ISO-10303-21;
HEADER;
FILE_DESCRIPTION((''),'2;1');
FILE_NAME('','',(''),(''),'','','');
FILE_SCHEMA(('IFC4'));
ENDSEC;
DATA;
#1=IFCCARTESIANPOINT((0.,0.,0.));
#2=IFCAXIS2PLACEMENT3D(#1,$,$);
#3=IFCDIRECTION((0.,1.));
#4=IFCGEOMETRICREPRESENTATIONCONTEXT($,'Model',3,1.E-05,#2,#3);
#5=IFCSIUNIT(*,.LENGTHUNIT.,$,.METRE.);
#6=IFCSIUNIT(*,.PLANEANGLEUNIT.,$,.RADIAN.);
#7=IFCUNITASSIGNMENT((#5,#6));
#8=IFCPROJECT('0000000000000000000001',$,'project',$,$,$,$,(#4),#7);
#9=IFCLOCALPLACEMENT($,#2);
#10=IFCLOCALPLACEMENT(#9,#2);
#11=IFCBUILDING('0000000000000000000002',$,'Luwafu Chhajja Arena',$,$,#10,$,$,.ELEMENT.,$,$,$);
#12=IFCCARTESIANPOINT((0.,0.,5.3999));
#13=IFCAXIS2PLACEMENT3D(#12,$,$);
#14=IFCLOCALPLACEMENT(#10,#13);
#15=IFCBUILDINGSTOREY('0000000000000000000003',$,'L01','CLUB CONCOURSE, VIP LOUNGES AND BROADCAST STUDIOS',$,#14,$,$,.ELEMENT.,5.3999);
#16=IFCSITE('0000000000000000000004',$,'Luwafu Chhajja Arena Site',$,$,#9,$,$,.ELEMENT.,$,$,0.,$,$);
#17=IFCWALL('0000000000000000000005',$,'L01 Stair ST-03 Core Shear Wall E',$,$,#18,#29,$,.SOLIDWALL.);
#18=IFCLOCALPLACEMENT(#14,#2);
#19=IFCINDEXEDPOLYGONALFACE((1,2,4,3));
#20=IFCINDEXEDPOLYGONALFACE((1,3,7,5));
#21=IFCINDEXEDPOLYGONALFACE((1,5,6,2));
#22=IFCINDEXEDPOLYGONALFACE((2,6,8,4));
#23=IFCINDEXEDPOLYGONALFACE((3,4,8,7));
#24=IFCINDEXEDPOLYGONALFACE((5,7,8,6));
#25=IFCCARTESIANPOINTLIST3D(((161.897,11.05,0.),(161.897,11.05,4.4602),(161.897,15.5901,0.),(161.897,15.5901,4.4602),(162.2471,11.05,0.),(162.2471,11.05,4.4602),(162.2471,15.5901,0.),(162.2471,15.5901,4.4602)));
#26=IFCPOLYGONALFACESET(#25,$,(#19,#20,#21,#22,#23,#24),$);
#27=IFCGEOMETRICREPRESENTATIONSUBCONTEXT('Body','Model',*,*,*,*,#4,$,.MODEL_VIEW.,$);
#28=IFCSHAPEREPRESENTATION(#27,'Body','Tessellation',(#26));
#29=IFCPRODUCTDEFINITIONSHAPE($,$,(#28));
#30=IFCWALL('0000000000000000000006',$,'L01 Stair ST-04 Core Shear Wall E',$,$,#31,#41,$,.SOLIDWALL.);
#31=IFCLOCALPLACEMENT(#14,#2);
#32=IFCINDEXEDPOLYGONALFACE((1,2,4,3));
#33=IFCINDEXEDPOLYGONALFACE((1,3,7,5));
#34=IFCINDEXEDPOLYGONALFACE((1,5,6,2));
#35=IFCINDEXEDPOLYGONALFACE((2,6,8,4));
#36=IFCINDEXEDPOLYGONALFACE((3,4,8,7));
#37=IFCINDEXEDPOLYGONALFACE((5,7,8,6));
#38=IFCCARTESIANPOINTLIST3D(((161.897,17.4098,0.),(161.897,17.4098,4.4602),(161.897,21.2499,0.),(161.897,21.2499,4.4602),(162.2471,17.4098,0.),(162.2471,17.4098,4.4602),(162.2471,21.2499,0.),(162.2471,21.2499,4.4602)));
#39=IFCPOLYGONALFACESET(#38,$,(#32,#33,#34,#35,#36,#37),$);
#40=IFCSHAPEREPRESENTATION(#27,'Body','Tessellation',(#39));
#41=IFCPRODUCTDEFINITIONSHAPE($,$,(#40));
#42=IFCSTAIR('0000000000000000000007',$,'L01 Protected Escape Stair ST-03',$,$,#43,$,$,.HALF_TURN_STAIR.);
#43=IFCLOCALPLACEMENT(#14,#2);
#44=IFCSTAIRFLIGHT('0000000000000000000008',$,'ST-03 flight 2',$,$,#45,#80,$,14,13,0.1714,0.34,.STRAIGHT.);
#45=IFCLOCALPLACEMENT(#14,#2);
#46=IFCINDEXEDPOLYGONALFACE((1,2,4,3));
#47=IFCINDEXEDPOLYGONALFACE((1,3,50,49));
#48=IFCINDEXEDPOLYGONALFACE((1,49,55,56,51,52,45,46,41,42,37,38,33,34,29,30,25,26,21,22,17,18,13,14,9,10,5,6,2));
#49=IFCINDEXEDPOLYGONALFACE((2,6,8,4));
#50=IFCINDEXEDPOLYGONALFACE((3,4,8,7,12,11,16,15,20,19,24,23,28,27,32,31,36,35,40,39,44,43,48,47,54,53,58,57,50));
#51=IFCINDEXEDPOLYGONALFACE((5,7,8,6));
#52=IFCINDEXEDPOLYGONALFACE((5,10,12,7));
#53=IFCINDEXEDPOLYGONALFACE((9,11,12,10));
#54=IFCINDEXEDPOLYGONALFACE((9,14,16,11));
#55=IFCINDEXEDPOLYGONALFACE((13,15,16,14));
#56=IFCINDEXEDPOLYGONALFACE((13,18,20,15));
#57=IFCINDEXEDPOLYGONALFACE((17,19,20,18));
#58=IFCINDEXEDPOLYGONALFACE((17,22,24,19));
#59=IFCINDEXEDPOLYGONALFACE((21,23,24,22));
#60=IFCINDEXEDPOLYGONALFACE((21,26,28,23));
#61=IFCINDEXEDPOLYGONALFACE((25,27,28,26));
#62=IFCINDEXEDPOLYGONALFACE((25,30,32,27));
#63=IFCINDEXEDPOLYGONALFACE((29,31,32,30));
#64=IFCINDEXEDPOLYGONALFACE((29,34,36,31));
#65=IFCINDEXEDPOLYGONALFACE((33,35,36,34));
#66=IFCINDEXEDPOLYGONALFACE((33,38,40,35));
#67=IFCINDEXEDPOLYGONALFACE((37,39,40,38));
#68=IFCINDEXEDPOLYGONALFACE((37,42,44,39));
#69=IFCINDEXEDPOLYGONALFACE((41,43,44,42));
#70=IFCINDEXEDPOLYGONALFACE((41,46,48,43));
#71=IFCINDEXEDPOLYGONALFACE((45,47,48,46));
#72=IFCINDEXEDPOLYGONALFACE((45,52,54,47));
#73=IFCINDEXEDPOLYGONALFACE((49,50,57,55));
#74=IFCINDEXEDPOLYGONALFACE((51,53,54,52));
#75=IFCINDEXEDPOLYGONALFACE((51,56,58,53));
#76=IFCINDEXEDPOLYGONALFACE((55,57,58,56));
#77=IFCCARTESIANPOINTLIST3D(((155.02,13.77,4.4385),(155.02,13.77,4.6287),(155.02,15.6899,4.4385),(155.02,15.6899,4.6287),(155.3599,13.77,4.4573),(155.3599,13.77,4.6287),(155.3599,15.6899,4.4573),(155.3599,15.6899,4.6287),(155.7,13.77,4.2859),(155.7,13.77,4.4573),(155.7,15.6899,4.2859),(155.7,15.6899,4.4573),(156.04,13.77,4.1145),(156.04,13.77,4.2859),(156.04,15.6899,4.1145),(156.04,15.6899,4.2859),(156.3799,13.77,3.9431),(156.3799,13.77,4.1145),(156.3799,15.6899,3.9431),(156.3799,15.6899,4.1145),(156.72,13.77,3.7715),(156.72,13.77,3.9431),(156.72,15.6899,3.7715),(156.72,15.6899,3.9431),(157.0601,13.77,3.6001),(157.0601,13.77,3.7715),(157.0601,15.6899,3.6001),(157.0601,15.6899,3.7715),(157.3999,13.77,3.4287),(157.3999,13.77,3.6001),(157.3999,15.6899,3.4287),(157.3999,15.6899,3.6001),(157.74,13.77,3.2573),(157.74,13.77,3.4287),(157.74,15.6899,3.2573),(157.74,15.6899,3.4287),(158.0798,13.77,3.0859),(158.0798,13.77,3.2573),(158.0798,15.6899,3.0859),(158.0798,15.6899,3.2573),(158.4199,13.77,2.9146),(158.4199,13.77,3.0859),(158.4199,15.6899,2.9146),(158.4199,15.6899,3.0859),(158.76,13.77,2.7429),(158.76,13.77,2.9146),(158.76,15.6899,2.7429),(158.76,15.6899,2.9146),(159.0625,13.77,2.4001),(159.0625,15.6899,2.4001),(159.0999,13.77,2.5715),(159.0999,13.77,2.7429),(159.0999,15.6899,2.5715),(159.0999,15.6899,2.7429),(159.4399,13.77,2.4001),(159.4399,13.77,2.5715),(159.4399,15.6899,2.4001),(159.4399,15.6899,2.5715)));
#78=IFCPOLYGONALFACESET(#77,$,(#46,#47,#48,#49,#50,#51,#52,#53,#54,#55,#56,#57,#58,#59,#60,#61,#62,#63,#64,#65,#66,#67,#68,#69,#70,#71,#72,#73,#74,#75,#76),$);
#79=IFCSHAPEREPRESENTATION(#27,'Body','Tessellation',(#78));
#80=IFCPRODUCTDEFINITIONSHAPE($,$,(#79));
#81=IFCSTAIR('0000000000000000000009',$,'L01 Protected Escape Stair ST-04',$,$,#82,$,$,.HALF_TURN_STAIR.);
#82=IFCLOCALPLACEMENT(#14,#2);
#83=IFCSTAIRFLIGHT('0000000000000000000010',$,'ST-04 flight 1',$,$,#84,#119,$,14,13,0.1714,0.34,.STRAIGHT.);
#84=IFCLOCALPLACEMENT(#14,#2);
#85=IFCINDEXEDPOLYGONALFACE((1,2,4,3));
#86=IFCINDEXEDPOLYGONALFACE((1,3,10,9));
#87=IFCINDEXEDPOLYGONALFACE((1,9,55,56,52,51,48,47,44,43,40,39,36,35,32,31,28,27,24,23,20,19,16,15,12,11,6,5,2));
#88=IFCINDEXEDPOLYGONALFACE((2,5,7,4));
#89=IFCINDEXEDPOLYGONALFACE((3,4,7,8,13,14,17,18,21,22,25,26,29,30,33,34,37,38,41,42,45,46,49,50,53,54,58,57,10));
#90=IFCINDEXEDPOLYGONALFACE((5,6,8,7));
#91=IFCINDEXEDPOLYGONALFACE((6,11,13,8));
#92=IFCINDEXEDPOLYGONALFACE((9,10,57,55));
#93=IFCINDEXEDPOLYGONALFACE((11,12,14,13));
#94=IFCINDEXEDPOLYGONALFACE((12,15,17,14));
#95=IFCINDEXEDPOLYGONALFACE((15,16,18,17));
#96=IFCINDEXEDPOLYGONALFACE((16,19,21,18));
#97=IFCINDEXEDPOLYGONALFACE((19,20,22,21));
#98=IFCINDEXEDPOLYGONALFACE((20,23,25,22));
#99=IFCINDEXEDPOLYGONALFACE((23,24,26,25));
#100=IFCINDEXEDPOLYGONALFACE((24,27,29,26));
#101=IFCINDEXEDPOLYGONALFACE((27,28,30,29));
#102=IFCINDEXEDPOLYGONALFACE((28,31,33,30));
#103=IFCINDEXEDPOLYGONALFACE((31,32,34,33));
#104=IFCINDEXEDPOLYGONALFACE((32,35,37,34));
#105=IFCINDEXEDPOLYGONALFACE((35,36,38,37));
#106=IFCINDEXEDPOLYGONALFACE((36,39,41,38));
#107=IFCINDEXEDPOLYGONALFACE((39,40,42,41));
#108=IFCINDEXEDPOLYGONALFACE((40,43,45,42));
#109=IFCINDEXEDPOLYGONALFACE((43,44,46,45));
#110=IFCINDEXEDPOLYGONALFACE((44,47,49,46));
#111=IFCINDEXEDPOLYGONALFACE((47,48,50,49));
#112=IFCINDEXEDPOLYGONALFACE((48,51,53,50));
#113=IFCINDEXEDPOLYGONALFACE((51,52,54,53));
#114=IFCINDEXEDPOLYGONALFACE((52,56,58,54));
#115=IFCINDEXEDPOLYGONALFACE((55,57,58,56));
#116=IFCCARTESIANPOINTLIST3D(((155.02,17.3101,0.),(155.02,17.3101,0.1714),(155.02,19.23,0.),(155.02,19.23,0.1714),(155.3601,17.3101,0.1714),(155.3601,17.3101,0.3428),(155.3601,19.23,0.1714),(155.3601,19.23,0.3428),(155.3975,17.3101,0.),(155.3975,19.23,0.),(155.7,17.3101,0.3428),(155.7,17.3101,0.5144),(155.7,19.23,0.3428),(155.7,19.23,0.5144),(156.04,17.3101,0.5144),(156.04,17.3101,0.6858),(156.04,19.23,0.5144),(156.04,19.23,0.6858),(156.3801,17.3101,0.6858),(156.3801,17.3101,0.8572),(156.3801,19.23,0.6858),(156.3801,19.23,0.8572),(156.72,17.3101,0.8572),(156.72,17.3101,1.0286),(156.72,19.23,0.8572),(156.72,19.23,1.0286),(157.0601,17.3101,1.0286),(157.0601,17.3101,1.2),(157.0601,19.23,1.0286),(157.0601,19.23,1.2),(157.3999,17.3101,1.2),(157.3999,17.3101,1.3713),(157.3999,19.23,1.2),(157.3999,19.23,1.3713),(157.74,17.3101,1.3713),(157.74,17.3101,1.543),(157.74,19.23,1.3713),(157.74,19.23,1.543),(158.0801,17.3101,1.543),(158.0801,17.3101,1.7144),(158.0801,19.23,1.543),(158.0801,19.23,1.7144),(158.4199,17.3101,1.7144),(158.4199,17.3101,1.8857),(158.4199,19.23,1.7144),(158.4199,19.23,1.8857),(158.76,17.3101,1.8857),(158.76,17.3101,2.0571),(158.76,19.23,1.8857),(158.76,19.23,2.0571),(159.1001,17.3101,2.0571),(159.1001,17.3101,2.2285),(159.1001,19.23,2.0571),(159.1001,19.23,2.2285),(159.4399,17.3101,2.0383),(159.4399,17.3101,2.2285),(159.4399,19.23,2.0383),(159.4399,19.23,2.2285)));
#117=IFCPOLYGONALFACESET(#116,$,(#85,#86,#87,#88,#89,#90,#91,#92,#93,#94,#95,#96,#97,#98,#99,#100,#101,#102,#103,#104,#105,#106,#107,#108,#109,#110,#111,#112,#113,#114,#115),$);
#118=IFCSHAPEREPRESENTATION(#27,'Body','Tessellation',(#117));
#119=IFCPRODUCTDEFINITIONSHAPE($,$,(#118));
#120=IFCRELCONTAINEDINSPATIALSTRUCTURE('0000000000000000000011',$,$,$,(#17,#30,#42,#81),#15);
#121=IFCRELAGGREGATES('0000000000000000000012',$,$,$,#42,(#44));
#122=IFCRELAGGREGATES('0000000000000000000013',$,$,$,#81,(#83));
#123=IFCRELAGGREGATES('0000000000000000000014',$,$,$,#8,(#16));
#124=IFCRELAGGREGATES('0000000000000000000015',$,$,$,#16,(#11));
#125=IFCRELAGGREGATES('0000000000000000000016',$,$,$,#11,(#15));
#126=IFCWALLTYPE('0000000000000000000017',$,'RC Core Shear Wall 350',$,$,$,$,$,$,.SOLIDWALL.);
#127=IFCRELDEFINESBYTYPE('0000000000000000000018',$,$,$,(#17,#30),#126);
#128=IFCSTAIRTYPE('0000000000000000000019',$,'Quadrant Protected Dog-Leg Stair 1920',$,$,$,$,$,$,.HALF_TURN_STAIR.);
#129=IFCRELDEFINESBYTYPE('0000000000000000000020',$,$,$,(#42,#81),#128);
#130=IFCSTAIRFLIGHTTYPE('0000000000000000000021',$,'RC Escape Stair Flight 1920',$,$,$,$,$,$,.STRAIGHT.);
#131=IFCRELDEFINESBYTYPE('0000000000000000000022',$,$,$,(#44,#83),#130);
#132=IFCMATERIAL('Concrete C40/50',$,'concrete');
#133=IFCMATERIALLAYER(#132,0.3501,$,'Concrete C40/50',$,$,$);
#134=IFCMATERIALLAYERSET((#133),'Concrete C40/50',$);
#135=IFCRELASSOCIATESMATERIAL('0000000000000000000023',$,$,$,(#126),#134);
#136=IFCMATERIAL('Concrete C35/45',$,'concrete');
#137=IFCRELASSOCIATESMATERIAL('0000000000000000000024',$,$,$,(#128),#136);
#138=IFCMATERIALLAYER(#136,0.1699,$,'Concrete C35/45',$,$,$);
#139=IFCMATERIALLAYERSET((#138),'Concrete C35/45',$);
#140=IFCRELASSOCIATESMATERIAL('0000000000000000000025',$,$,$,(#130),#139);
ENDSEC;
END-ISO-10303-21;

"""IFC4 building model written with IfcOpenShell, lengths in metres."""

from ifc_helpers import new_model, si_unit, direction, frame, frame_2d, origin, place, context, subcontext, project, spatial, polyline, rectangle, outline, extrude, material, layer, layer_set, type_object, element, aggregate, save


model = new_model("IFC4")

# Units and contexts
model_context = context("Model", 3, precision=1e-05, world=origin(), true_north=direction((0.0, 1.0)))
body_context = subcontext(model_context, "Body", "Model", "MODEL_VIEW")
ifc_project = project(units=[si_unit("LENGTHUNIT", "METRE"), si_unit("PLANEANGLEUNIT", "RADIAN")], contexts=[model_context])

# Site, building, storey
site_placement = place(None, origin())
site = spatial("IfcSite", under=ifc_project, at=site_placement, Name="Luwafu Chhajja Arena Site", CompositionType="ELEMENT", RefElevation=0.0)
building_placement = place(site_placement, origin())
building = spatial("IfcBuilding", under=site, at=building_placement, Name="Luwafu Chhajja Arena", CompositionType="ELEMENT")
storey_placement = place(building_placement, frame((0.0, 0.0, 5.3999)))
storey = spatial("IfcBuildingStorey", under=building, at=storey_placement, Name="L01", Description="CLUB CONCOURSE, VIP LOUNGES AND BROADCAST STUDIOS", CompositionType="ELEMENT", Elevation=5.3999)

# Shared definitions
ifc_material_1 = material(Name="Concrete C35/45", Category="concrete")

# Walls
ifc_material_2 = material(Name="Concrete C40/50", Category="concrete")
ifc_layer_1 = layer(ifc_material_2, 0.3501, Name="Concrete C40/50")
ifc_layer_set_1 = layer_set([ifc_layer_1], Name="Concrete C40/50")
wall_type = type_object("IfcWallType", Name="RC Core Shear Wall 350", PredefinedType="SOLIDWALL", material=ifc_layer_set_1)
wall_1_placement = place(storey_placement, frame((162.072, 11.05, 0.0), z_axis=(0.0, 0.0, 1.0), x_axis=(0.0, 1.0, 0.0)))
element("IfcWall", 1, at=wall_1_placement, inside=storey, type_object=wall_type, Name="L01 Stair ST-03 Core Shear Wall E", PredefinedType="SOLIDWALL", context=body_context, shape_type="SweptSolid", body=[
    extrude(rectangle(XDim=4.54, YDim=0.3501, at=frame_2d((2.27, 0.0))), origin(), (0.0, 0.0, 1.0), 4.4602),
])
wall_2_placement = place(storey_placement, frame((162.072, 17.4099, 0.0), z_axis=(0.0, 0.0, 1.0), x_axis=(0.0, 1.0, 0.0)))
element("IfcWall", 2, at=wall_2_placement, inside=storey, type_object=wall_type, Name="L01 Stair ST-04 Core Shear Wall E", PredefinedType="SOLIDWALL", context=body_context, shape_type="SweptSolid", body=[
    extrude(rectangle(XDim=3.8401, YDim=0.3501, at=frame_2d((1.9199, 0.0))), origin(), (0.0, 0.0, 1.0), 4.4602),
])

# Stairs, stair flights
stair_type = type_object("IfcStairType", Name="Quadrant Protected Dog-Leg Stair 1920", PredefinedType="HALF_TURN_STAIR", material=ifc_material_1)
stair_1_placement = place(storey_placement, origin())
stair_1 = element("IfcStair", 3, at=stair_1_placement, inside=storey, type_object=stair_type, Name="L01 Protected Escape Stair ST-03", PredefinedType="HALF_TURN_STAIR")
ifc_layer_2 = layer(ifc_material_1, 0.1699, Name="Concrete C35/45")
ifc_layer_set_2 = layer_set([ifc_layer_2], Name="Concrete C35/45")
stair_flight_type = type_object("IfcStairFlightType", Name="RC Escape Stair Flight 1920", PredefinedType="STRAIGHT", material=ifc_layer_set_2)
stair_flight_1_placement = place(storey_placement, frame((159.4399, 14.73, 2.4001), z_axis=(0.0, 0.0, 1.0), x_axis=(-1.0, 0.0, 0.0)))
stair_flight_1 = element("IfcStairFlight", 4, at=stair_flight_1_placement, type_object=stair_flight_type, Name="ST-03 flight 2", NumberOfRisers=14, NumberOfTreads=13, PredefinedType="STRAIGHT", RiserHeight=0.1714, TreadLength=0.34, context=body_context, shape_type="SweptSolid", body=[
    extrude(outline(polyline([(0.0, 0.0), (0.0, 0.1714), (0.3401, 0.1714), (0.3401, 0.3428), (0.6799, 0.3428), (0.6799, 0.5144), (1.02, 0.5144), (1.02, 0.6858), (1.3601, 0.6858), (1.3601, 0.8572), (1.7, 0.8572), (1.7, 1.0286), (2.04, 1.0286), (2.04, 1.2), (2.3799, 1.2), (2.3799, 1.3713), (2.72, 1.3713), (2.72, 1.543), (3.0601, 1.543), (3.0601, 1.7144), (3.3999, 1.7144), (3.3999, 1.8857), (3.74, 1.8857), (3.74, 2.0571), (4.0801, 2.0571), (4.0801, 2.2285), (4.4199, 2.2285), (4.4199, 2.3999), (4.4199, 2.0383), (0.3774, 0.0), (0.0, 0.0)])), frame((0.0, 0.96, 0.0), z_axis=(0.0, -1.0, 0.0), x_axis=(1.0, 0.0, 0.0)), (0.0, 0.0, 1.0), 1.9199),
])
aggregate(stair_1, [stair_flight_1])
stair_2_placement = place(storey_placement, origin())
stair_2 = element("IfcStair", 5, at=stair_2_placement, inside=storey, type_object=stair_type, Name="L01 Protected Escape Stair ST-04", PredefinedType="HALF_TURN_STAIR")
stair_flight_2_placement = place(storey_placement, frame((155.02, 18.27, 0.0), z_axis=(0.0, 0.0, 1.0), x_axis=(1.0, 0.0, 0.0)))
stair_flight_2 = element("IfcStairFlight", 6, at=stair_flight_2_placement, type_object=stair_flight_type, Name="ST-04 flight 1", NumberOfRisers=14, NumberOfTreads=13, PredefinedType="STRAIGHT", RiserHeight=0.1714, TreadLength=0.34, context=body_context, shape_type="SweptSolid", body=[
    extrude(outline(polyline([(0.0, 0.0), (0.0, 0.1714), (0.3401, 0.1714), (0.3401, 0.3428), (0.6799, 0.3428), (0.6799, 0.5144), (1.02, 0.5144), (1.02, 0.6858), (1.3601, 0.6858), (1.3601, 0.8572), (1.7, 0.8572), (1.7, 1.0286), (2.04, 1.0286), (2.04, 1.2), (2.3799, 1.2), (2.3799, 1.3713), (2.72, 1.3713), (2.72, 1.543), (3.0601, 1.543), (3.0601, 1.7144), (3.3999, 1.7144), (3.3999, 1.8857), (3.74, 1.8857), (3.74, 2.0571), (4.0801, 2.0571), (4.0801, 2.2285), (4.4199, 2.2285), (4.4199, 2.3999), (4.4199, 2.0383), (0.3774, 0.0), (0.0, 0.0)])), frame((0.0, 0.96, 0.0), z_axis=(0.0, -1.0, 0.0), x_axis=(1.0, 0.0, 0.0)), (0.0, 0.0, 1.0), 1.9199),
])
aggregate(stair_2, [stair_flight_2])

save(model, "model.ifc")
